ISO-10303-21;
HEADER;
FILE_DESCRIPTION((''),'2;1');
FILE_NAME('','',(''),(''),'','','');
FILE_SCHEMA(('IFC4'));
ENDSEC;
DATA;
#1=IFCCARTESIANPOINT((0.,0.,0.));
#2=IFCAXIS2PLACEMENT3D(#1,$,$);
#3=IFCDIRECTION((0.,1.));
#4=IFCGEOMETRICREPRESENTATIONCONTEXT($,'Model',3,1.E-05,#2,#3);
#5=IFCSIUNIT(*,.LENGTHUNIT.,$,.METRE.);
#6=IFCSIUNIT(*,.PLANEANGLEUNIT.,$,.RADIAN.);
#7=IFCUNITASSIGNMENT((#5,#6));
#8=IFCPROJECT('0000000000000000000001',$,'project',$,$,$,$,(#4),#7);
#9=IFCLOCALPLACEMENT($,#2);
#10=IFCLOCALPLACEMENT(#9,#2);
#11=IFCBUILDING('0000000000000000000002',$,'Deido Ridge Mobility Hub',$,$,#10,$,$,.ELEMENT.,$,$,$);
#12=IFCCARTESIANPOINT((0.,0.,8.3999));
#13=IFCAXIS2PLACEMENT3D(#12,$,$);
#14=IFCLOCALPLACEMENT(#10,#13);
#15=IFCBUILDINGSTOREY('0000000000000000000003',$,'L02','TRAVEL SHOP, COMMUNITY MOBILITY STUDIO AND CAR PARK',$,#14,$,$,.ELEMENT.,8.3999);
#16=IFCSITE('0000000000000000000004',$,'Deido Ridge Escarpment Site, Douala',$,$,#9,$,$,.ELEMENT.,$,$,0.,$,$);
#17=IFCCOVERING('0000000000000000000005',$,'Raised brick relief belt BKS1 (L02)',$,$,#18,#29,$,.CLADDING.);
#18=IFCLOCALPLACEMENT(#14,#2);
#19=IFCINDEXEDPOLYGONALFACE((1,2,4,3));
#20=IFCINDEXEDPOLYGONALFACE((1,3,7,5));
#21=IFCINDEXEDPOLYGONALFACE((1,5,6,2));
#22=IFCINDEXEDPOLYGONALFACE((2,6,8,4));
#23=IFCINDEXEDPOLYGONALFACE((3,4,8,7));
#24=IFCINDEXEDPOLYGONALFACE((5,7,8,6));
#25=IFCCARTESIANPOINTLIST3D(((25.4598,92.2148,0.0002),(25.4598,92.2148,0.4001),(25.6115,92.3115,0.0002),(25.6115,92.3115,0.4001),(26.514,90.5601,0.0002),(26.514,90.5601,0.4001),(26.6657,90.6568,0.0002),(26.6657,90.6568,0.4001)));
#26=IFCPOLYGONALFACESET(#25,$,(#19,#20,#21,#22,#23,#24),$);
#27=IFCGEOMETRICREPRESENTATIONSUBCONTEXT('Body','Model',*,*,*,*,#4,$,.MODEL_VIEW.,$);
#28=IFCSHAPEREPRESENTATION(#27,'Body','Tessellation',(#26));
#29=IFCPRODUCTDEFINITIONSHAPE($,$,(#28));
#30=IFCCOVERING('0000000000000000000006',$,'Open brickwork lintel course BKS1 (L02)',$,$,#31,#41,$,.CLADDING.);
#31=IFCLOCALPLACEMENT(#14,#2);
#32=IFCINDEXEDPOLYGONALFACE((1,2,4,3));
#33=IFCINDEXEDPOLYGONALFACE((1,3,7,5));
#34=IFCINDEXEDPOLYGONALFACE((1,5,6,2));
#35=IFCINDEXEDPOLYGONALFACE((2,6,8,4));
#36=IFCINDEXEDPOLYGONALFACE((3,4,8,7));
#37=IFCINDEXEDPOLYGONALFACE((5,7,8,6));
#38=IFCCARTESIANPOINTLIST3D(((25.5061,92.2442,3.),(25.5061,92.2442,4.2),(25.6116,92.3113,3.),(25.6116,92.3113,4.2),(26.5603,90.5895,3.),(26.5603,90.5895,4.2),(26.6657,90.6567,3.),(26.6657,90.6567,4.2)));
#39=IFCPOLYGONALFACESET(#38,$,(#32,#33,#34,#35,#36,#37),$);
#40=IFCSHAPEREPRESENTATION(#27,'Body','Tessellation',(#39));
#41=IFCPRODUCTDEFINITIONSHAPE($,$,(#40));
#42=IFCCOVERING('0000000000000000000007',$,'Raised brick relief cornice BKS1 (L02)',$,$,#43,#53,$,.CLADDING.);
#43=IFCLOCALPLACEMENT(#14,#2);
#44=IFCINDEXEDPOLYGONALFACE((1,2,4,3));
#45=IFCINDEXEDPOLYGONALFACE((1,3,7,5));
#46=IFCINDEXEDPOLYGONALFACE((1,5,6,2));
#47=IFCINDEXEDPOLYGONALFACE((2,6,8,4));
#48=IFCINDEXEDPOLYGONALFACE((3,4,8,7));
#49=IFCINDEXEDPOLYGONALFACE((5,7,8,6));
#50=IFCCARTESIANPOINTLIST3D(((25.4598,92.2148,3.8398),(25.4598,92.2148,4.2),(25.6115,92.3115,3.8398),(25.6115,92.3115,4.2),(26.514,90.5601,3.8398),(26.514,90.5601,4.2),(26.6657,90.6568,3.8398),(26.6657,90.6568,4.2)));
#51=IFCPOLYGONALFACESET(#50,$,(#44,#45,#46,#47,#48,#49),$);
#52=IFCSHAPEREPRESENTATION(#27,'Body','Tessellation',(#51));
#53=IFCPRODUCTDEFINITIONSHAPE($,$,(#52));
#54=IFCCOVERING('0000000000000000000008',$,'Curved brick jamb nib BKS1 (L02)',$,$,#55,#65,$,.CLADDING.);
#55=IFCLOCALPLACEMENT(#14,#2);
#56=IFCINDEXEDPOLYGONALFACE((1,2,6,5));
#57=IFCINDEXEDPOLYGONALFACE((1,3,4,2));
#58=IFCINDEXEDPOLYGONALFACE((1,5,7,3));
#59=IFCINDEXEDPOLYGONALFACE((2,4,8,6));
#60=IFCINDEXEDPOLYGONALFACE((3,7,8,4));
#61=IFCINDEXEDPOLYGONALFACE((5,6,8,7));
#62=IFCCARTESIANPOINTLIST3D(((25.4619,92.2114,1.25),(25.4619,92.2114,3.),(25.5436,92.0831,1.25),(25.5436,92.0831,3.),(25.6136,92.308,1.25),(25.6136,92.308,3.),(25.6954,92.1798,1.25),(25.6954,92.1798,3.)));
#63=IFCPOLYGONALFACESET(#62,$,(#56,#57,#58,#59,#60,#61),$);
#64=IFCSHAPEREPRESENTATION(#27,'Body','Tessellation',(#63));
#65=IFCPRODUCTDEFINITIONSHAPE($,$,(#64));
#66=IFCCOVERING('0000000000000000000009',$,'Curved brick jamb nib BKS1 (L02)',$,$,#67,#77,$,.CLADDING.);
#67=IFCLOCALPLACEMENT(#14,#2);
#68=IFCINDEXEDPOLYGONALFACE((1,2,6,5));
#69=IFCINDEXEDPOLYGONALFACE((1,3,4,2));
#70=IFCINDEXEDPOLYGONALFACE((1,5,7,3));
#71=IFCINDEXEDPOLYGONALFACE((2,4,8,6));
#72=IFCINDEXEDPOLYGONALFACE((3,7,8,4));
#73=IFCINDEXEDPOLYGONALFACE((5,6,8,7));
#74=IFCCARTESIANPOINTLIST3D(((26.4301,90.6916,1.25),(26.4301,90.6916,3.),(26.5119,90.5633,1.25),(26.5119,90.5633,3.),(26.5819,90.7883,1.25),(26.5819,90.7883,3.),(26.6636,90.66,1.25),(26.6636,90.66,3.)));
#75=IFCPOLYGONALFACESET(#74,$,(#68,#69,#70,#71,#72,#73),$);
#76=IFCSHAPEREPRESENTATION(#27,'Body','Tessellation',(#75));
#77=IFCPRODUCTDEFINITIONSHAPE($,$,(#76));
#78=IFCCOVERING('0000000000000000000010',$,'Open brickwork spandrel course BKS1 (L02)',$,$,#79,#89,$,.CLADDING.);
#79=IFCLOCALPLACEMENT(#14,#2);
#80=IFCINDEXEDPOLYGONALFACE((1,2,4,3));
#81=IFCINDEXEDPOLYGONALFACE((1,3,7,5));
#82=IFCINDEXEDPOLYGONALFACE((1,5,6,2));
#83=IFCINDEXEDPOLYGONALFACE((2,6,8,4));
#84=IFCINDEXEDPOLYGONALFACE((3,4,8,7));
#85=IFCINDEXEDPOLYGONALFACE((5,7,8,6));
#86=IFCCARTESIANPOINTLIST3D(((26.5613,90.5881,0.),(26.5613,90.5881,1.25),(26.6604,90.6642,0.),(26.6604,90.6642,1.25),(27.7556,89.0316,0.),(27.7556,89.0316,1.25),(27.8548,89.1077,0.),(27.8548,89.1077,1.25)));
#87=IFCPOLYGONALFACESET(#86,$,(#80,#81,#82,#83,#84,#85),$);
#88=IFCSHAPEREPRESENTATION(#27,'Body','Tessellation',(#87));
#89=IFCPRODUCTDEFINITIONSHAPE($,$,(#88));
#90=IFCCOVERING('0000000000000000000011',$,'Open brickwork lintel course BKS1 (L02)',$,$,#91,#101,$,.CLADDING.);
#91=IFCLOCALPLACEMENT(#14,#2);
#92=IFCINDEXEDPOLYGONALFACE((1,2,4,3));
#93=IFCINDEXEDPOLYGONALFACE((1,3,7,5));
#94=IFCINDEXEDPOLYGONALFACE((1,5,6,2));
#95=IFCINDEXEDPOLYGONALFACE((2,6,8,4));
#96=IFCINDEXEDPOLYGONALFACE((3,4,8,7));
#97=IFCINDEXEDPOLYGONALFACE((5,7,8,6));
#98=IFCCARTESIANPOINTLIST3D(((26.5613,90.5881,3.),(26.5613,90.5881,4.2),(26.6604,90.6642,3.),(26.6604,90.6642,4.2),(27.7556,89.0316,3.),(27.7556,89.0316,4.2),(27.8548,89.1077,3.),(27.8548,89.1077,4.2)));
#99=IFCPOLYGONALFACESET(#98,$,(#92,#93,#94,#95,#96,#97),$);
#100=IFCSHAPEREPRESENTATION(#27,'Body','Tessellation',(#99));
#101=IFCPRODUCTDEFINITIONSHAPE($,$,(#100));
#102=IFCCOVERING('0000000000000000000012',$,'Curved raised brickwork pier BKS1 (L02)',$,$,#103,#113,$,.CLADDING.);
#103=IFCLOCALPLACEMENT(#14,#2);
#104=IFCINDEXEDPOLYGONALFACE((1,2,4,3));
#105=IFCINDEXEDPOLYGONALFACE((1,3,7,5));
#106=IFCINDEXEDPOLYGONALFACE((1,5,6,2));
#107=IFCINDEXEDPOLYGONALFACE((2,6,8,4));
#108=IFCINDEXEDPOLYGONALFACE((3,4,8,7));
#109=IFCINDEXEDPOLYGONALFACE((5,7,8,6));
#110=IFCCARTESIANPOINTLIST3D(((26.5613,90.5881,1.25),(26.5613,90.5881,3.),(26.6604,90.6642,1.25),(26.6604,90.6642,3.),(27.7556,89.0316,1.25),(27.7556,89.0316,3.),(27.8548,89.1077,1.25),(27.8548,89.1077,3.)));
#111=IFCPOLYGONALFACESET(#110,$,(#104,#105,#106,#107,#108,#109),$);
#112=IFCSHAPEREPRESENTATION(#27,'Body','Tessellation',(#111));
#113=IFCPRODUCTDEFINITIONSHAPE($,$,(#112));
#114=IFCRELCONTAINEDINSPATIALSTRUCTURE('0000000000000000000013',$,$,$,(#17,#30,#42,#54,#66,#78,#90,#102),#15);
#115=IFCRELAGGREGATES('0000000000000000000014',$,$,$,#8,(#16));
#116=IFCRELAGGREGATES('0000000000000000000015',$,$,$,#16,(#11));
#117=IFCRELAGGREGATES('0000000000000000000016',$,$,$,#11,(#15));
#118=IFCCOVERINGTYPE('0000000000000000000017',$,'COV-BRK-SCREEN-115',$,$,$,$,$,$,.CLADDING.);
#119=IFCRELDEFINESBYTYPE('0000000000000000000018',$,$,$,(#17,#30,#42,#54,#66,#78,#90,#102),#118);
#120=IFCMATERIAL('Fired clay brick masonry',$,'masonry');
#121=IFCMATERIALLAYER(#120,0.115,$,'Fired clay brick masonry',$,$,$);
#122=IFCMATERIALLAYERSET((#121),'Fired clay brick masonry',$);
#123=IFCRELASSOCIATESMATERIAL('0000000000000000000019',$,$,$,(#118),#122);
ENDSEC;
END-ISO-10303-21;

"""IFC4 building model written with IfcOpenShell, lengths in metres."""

from ifc_helpers import new_model, si_unit, direction, frame, origin, origin_2d, place, context, subcontext, project, spatial, rectangle, extrude, material, layer, layer_set, type_object, element, save


model = new_model("IFC4")

# Units and contexts
model_context = context("Model", 3, precision=1e-05, world=origin(), true_north=direction((0.0, 1.0)))
body_context = subcontext(model_context, "Body", "Model", "MODEL_VIEW")
ifc_project = project(units=[si_unit("LENGTHUNIT", "METRE"), si_unit("PLANEANGLEUNIT", "RADIAN")], contexts=[model_context])

# Site, building, storey
site_placement = place(None, origin())
site = spatial("IfcSite", under=ifc_project, at=site_placement, Name="Deido Ridge Escarpment Site, Douala", CompositionType="ELEMENT", RefElevation=0.0)
building_placement = place(site_placement, origin())
building = spatial("IfcBuilding", under=site, at=building_placement, Name="Deido Ridge Mobility Hub", CompositionType="ELEMENT")
storey_placement = place(building_placement, frame((0.0, 0.0, 8.3999)))
storey = spatial("IfcBuildingStorey", under=building, at=storey_placement, Name="L02", Description="TRAVEL SHOP, COMMUNITY MOBILITY STUDIO AND CAR PARK", CompositionType="ELEMENT", Elevation=8.3999)

# Coverings
ifc_material_1 = material(Name="Fired clay brick masonry", Category="masonry")
ifc_layer = layer(ifc_material_1, 0.115, Name="Fired clay brick masonry")
ifc_layer_set = layer_set([ifc_layer], Name="Fired clay brick masonry")
covering_type = type_object("IfcCoveringType", Name="COV-BRK-SCREEN-115", PredefinedType="CLADDING", material=ifc_layer_set)
covering_1_placement = place(storey_placement, frame((26.0627, 91.4358, 0.0002), z_axis=(0.0, 0.0, 1.0), x_axis=(0.537314, -0.843382, 0.0)))
element("IfcCovering", 1, at=covering_1_placement, inside=storey, type_object=covering_type, Name="Raised brick relief belt BKS1 (L02)", PredefinedType="CLADDING", context=body_context, shape_type="SweptSolid", body=[
    extrude(rectangle(XDim=1.9619, YDim=0.1799, at=origin_2d()), origin(), (0.0, 0.0, 1.0), 0.3999),
])
covering_2_placement = place(storey_placement, frame((26.0859, 91.4504, 3.0), z_axis=(0.0, 0.0, 1.0), x_axis=(0.537314, -0.843382, 0.0)))
element("IfcCovering", 2, at=covering_2_placement, inside=storey, type_object=covering_type, Name="Open brickwork lintel course BKS1 (L02)", PredefinedType="CLADDING", context=body_context, shape_type="SweptSolid", body=[
    extrude(rectangle(XDim=1.9619, YDim=0.125, at=origin_2d()), origin(), (0.0, 0.0, 1.0), 1.2),
])
covering_3_placement = place(storey_placement, frame((26.0627, 91.4358, 3.8398), z_axis=(0.0, 0.0, 1.0), x_axis=(0.537314, -0.843382, 0.0)))
element("IfcCovering", 3, at=covering_3_placement, inside=storey, type_object=covering_type, Name="Raised brick relief cornice BKS1 (L02)", PredefinedType="CLADDING", context=body_context, shape_type="SweptSolid", body=[
    extrude(rectangle(XDim=1.9619, YDim=0.1799, at=origin_2d()), origin(), (0.0, 0.0, 1.0), 0.3601),
])
for number, where, z_axis, x_axis, name in (
    (4, (25.5786, 92.1956, 1.25), (0.0, 0.0, 1.0), (0.537314, -0.843382, 0.0), "Curved brick jamb nib BKS1 (L02)"),
    (5, (26.5469, 90.6758, 1.25), (0.0, 0.0, 1.0), (0.537314, -0.843382, 0.0), "Curved brick jamb nib BKS1 (L02)"),
):
    element("IfcCovering", number, at=place(storey_placement, frame(where, z_axis=z_axis, x_axis=x_axis)), inside=storey, type_object=covering_type, Name=name, PredefinedType="CLADDING", context=body_context, shape_type="SweptSolid", body=[
        extrude(rectangle(XDim=0.1521, YDim=0.1799, at=origin_2d()), origin(), (0.0, 0.0, 1.0), 1.75),
    ])
covering_4_placement = place(storey_placement, frame((27.208, 89.8479, 0.0), z_axis=(0.0, 0.0, 1.0), x_axis=(0.608761, -0.793353, 0.0)))
element("IfcCovering", 6, at=covering_4_placement, inside=storey, type_object=covering_type, Name="Open brickwork spandrel course BKS1 (L02)", PredefinedType="CLADDING", context=body_context, shape_type="SweptSolid", body=[
    extrude(rectangle(XDim=1.9619, YDim=0.125, at=origin_2d()), origin(), (0.0, 0.0, 1.0), 1.25),
])
covering_5_placement = place(storey_placement, frame((27.208, 89.8479, 3.0), z_axis=(0.0, 0.0, 1.0), x_axis=(0.608761, -0.793353, 0.0)))
element("IfcCovering", 7, at=covering_5_placement, inside=storey, type_object=covering_type, Name="Open brickwork lintel course BKS1 (L02)", PredefinedType="CLADDING", context=body_context, shape_type="SweptSolid", body=[
    extrude(rectangle(XDim=1.9619, YDim=0.125, at=origin_2d()), origin(), (0.0, 0.0, 1.0), 1.2),
])
covering_6_placement = place(storey_placement, frame((27.208, 89.8479, 1.25), z_axis=(0.0, 0.0, 1.0), x_axis=(0.608761, -0.793353, 0.0)))
element("IfcCovering", 8, at=covering_6_placement, inside=storey, type_object=covering_type, Name="Curved raised brickwork pier BKS1 (L02)", PredefinedType="CLADDING", context=body_context, shape_type="SweptSolid", body=[
    extrude(rectangle(XDim=1.9619, YDim=0.125, at=origin_2d()), origin(), (0.0, 0.0, 1.0), 1.75),
])

save(model, "model.ifc")
